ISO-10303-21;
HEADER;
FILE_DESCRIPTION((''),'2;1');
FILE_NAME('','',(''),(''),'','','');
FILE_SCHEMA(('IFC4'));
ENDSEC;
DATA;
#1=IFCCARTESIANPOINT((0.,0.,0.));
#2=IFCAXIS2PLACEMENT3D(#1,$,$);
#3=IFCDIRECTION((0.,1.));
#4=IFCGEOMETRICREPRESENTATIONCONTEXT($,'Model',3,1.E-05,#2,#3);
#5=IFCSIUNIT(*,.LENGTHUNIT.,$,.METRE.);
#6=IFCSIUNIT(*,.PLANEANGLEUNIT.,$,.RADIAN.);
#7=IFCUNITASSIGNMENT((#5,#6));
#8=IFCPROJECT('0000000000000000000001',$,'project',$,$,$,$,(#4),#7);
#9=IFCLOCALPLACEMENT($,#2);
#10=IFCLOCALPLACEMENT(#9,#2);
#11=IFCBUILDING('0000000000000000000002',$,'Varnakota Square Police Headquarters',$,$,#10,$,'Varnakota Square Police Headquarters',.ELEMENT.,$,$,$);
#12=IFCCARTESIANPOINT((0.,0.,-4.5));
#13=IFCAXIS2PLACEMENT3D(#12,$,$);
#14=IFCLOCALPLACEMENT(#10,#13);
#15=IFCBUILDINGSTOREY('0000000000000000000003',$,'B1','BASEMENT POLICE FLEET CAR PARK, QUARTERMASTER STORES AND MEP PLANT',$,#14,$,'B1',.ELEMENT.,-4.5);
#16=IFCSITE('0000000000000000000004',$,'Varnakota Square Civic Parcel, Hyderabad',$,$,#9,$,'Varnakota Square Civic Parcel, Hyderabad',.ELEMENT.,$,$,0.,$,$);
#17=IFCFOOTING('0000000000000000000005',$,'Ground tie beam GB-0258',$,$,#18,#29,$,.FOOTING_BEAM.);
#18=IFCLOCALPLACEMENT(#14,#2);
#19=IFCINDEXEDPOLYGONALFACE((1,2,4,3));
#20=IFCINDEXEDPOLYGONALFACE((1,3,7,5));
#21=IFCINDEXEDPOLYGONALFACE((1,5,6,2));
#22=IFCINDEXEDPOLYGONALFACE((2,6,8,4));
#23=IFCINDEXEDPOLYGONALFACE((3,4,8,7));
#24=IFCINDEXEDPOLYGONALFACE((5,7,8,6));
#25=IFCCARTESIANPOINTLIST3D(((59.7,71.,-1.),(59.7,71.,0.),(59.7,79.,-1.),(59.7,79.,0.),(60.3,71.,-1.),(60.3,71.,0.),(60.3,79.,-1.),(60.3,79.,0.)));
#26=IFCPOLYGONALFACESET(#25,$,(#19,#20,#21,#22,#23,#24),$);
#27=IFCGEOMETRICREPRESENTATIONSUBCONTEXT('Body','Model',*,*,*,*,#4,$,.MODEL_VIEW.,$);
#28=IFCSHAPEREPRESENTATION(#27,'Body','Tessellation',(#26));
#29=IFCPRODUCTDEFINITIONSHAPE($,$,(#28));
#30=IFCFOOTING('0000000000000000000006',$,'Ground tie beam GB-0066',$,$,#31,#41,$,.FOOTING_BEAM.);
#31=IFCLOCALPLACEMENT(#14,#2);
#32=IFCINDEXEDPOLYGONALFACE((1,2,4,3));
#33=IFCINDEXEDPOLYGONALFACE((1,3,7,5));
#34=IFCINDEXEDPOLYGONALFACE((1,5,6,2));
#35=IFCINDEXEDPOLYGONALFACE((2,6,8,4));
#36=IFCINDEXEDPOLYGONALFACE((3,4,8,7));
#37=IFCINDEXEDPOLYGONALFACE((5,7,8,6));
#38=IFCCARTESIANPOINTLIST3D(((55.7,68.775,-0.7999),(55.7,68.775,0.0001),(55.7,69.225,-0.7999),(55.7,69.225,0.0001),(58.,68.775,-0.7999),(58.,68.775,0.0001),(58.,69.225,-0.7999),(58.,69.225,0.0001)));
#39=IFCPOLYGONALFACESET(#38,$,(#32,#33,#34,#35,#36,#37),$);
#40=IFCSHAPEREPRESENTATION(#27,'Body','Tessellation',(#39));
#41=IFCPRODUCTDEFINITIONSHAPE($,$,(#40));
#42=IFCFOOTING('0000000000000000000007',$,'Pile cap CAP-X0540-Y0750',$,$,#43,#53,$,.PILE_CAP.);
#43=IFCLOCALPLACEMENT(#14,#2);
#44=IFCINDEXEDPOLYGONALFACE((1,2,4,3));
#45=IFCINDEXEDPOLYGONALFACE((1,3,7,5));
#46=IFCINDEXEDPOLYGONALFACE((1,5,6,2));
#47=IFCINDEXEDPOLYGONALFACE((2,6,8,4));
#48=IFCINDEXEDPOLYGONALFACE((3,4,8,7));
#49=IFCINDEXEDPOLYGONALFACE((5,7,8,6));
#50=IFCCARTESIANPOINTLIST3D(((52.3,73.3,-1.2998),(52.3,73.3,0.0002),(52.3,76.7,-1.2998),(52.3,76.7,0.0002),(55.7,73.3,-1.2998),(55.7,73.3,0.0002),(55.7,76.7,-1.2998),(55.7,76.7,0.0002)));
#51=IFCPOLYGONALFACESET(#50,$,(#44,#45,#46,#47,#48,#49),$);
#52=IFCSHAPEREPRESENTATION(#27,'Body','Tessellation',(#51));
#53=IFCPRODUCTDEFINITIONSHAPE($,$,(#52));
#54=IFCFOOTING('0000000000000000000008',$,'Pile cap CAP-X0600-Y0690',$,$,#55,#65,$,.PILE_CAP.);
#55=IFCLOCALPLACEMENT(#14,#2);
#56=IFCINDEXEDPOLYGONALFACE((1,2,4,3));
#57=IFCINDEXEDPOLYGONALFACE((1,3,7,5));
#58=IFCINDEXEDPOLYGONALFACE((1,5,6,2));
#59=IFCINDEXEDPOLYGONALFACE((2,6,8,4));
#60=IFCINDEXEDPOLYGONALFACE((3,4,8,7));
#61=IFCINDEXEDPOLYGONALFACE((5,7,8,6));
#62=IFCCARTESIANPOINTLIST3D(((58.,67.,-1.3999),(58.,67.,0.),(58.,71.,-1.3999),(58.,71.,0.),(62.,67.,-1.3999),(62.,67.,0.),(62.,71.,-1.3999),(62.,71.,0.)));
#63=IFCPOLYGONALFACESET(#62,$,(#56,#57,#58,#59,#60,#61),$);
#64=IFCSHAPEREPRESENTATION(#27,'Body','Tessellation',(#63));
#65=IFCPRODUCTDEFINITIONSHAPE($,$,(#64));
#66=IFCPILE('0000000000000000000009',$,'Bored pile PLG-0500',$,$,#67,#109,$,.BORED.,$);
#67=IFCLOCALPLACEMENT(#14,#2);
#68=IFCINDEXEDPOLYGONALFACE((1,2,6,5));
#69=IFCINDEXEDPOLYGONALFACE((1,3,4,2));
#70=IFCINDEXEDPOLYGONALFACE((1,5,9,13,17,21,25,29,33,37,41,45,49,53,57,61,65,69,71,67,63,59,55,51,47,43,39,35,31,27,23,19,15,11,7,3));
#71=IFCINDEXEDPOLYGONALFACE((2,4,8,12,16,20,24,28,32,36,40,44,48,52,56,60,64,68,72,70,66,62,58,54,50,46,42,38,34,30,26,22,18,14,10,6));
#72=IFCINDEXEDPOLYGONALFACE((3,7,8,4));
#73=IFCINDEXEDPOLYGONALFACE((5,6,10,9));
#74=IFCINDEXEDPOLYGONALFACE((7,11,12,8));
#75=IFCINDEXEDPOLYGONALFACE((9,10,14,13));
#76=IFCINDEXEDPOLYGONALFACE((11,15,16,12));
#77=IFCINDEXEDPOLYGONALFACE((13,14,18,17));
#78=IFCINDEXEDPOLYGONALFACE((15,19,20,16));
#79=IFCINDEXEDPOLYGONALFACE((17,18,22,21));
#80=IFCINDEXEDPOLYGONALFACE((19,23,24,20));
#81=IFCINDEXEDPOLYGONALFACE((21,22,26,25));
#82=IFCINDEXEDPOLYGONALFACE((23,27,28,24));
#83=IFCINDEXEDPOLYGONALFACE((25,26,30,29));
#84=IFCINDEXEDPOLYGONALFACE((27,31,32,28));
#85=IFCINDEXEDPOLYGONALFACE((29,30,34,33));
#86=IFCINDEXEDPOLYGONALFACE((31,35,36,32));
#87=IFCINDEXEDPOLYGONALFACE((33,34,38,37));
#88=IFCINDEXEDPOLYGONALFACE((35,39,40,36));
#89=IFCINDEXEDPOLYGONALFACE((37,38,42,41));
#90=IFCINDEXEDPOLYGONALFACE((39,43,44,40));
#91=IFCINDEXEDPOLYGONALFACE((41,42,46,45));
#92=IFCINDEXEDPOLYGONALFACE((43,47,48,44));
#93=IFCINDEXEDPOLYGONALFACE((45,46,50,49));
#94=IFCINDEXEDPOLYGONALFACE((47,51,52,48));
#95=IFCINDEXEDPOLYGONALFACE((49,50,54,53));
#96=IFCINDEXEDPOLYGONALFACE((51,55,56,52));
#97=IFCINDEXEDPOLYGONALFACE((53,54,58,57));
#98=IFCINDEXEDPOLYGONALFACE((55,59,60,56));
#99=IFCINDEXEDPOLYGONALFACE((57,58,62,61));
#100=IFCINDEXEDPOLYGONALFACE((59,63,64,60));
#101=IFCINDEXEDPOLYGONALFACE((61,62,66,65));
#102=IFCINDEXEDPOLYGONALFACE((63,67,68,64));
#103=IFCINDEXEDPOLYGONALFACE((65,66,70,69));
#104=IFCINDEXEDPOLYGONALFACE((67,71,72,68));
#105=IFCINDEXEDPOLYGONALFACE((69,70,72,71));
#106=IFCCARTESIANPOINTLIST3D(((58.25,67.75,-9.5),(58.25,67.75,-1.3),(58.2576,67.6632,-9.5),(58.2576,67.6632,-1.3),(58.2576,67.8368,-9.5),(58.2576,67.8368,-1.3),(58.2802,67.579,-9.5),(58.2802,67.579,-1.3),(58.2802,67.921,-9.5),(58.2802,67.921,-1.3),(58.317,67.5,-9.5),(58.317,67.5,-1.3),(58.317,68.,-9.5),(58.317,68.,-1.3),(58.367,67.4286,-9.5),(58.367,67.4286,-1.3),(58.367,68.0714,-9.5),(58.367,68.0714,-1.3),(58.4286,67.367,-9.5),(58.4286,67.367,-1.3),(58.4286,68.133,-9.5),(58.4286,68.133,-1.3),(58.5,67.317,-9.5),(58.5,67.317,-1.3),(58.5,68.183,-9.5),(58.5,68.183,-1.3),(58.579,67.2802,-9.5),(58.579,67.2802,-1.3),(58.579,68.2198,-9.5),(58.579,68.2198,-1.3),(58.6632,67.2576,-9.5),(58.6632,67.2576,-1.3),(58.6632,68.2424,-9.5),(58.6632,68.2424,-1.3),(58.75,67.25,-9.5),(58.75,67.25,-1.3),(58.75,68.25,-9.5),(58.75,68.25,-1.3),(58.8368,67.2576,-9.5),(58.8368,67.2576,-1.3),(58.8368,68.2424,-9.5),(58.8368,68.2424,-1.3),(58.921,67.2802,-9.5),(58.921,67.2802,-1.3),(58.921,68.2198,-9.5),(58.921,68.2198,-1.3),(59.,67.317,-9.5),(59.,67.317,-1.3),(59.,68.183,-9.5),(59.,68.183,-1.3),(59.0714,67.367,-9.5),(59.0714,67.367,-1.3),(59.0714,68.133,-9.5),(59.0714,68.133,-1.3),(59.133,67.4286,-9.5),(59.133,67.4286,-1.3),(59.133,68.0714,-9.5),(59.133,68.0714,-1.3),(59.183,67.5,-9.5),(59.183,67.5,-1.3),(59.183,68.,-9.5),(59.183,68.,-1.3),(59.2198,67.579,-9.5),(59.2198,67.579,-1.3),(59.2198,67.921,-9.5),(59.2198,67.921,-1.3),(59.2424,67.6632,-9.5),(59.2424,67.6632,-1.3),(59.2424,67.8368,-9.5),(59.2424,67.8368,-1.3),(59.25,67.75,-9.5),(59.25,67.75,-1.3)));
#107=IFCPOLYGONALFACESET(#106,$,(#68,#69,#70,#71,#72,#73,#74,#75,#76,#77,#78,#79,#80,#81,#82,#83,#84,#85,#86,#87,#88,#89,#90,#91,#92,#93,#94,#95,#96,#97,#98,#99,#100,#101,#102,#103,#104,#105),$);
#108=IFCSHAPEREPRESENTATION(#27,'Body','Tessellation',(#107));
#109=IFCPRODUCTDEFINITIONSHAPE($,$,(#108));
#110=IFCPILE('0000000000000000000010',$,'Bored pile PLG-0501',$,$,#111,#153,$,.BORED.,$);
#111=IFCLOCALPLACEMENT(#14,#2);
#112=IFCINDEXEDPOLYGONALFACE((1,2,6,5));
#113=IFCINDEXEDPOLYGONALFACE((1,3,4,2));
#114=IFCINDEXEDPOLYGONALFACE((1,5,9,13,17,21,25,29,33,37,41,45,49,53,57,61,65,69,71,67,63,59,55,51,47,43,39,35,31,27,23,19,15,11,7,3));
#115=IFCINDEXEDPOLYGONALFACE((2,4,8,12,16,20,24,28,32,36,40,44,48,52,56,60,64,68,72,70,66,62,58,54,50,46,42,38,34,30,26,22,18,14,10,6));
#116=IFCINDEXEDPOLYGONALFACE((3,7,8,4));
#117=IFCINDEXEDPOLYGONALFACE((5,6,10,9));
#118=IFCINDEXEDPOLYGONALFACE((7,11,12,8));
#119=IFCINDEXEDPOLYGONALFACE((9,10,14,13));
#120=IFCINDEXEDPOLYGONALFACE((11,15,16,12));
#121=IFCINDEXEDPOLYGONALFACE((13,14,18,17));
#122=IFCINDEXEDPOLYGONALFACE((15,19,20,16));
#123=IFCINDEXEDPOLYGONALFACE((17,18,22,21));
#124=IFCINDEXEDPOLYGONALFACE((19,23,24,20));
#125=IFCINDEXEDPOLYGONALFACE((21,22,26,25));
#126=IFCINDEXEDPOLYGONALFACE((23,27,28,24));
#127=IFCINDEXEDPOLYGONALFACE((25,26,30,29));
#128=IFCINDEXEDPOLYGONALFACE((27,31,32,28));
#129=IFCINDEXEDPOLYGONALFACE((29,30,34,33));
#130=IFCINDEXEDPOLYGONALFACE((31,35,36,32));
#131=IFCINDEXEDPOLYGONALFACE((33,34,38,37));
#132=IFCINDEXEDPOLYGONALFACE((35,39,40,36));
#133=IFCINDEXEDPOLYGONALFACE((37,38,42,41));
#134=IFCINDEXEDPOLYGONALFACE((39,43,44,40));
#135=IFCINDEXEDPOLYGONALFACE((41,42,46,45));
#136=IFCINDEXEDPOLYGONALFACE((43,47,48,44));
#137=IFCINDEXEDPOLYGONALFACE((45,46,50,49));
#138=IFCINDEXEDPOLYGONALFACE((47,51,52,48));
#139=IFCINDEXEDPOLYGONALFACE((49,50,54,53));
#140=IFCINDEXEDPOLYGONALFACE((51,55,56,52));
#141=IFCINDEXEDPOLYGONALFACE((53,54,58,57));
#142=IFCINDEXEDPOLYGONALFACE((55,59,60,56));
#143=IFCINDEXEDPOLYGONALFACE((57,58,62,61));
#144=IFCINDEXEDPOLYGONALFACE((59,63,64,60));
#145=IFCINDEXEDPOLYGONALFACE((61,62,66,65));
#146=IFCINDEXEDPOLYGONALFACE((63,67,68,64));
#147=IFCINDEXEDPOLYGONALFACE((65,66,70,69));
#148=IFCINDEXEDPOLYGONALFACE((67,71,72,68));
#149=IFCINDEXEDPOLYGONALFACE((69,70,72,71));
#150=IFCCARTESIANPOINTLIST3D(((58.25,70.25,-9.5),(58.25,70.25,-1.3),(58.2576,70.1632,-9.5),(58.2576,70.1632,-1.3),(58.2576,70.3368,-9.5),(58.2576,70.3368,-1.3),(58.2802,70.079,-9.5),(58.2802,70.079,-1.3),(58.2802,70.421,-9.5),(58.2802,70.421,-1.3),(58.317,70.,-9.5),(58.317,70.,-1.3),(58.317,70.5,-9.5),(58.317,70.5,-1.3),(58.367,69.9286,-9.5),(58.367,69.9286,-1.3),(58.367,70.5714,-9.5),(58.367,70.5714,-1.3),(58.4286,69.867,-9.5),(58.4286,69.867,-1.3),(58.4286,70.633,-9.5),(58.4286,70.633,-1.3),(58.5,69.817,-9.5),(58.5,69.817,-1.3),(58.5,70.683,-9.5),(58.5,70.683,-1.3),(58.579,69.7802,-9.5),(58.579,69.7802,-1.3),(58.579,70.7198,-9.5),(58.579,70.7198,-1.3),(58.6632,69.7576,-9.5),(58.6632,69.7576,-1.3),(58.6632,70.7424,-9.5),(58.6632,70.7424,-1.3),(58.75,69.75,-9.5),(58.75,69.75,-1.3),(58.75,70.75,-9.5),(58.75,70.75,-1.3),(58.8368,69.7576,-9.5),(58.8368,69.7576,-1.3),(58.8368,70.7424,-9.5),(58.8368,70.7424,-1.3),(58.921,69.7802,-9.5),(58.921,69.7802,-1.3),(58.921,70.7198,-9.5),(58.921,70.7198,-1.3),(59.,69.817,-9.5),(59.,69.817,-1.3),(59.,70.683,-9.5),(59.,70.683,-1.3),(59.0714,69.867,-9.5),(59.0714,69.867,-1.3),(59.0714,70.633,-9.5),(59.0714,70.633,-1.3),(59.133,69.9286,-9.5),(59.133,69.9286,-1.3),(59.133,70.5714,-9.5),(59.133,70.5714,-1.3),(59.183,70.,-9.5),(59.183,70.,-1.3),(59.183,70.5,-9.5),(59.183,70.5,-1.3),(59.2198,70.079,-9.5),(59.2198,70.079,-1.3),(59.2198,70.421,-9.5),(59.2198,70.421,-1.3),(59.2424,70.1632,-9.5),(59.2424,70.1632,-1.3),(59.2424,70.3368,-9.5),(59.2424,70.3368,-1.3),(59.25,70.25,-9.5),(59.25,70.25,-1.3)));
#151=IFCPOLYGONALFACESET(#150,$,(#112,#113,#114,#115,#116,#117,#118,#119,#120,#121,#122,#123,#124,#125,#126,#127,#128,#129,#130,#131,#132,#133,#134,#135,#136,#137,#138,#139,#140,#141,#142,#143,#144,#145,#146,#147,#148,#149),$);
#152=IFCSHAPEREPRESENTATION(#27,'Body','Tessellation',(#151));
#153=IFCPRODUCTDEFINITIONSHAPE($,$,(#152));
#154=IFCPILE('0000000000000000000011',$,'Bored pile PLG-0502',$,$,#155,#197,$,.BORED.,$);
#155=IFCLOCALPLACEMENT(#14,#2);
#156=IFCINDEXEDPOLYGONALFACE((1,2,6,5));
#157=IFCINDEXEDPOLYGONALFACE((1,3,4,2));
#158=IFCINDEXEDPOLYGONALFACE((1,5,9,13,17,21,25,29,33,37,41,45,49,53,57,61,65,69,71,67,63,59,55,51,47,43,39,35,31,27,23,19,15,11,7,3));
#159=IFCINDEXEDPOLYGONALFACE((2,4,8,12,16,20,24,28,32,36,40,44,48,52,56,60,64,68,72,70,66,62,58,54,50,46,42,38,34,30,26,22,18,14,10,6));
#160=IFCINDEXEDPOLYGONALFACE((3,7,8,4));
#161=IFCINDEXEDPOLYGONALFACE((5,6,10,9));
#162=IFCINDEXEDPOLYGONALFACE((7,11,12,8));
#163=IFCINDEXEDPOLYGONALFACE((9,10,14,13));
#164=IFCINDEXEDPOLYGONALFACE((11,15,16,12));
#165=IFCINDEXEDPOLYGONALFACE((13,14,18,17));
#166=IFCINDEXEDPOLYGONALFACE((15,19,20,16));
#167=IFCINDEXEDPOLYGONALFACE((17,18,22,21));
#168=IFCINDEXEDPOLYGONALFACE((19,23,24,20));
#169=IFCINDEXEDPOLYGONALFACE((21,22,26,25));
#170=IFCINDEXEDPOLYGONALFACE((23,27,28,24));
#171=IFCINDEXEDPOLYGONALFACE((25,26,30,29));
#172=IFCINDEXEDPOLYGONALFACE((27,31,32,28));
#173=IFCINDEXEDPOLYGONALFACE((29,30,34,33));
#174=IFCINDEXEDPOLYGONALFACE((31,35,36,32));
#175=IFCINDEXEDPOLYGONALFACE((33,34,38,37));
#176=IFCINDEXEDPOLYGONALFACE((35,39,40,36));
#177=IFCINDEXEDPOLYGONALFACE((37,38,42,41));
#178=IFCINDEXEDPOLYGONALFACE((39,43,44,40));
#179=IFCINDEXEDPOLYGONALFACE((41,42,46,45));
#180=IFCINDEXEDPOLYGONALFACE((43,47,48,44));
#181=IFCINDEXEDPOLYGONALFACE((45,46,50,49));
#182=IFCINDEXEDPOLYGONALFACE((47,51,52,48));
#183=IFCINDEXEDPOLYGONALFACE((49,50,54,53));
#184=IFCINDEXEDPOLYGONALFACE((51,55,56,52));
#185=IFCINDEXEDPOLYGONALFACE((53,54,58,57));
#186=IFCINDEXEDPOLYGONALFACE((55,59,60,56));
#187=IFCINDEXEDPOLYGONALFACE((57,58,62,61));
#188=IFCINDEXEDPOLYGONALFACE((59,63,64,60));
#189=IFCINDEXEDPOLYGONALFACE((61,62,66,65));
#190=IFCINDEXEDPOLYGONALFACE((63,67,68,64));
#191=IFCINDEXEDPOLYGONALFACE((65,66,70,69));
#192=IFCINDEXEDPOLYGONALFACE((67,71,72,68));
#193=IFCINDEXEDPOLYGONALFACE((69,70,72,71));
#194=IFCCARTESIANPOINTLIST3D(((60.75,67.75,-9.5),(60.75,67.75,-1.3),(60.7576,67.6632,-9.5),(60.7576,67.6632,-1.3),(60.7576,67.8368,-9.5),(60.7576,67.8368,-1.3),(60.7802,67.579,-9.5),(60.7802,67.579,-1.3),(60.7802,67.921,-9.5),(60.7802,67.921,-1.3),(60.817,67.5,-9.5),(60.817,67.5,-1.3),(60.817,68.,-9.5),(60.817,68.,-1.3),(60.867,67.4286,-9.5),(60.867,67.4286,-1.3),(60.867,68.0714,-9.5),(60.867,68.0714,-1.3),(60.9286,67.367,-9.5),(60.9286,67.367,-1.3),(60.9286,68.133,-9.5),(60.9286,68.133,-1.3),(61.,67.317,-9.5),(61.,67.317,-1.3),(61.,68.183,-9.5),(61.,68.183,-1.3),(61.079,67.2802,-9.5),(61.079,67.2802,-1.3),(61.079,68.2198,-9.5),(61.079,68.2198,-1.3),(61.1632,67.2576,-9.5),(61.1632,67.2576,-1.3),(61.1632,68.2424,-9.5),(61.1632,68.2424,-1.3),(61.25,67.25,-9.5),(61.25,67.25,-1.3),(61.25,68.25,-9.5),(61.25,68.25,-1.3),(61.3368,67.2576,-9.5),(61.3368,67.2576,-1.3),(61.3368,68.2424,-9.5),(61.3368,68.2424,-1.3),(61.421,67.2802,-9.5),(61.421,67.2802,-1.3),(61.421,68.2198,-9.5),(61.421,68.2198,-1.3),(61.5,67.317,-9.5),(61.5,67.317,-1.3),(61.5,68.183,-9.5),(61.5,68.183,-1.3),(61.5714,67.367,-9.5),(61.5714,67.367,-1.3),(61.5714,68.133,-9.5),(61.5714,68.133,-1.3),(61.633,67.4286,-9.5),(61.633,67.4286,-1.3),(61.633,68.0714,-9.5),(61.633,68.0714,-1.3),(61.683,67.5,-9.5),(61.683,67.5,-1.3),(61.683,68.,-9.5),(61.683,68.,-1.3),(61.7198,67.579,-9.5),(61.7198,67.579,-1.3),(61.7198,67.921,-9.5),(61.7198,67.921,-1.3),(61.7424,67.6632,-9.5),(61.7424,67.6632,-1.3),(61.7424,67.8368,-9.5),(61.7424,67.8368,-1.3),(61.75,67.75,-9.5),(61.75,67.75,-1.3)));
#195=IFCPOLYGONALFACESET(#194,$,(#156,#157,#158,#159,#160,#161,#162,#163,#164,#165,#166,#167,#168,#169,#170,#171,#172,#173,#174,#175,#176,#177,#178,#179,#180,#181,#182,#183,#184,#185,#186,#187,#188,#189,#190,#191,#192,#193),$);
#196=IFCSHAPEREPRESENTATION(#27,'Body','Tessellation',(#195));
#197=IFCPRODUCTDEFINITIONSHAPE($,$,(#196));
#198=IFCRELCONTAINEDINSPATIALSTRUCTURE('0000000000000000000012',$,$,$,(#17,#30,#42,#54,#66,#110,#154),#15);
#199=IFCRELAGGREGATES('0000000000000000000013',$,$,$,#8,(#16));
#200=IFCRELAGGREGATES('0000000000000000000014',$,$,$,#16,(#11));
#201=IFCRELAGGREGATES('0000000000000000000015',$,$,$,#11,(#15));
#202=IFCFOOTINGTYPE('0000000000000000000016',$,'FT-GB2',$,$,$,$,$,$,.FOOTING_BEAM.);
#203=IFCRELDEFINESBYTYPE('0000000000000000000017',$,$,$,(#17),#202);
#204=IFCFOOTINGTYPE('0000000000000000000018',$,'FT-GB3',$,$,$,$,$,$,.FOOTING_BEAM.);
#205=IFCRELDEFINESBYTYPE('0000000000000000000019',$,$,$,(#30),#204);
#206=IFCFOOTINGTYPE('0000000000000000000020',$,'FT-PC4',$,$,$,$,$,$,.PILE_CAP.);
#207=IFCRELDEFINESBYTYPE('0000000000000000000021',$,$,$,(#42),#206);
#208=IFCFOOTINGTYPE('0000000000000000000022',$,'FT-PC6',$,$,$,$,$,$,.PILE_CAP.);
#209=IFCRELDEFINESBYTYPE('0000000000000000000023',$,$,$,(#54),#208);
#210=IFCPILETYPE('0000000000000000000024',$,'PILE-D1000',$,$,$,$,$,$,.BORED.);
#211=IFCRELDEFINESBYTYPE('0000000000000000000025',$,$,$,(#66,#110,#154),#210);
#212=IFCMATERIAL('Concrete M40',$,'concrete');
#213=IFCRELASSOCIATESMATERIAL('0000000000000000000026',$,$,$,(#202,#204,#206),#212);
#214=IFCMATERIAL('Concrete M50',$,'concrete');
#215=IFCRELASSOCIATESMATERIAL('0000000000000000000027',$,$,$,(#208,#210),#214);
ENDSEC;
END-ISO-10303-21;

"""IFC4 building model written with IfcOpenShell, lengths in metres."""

from ifc_helpers import new_model, si_unit, direction, frame, origin, origin_2d, place, context, subcontext, project, spatial, rectangle, circle, extrude, material, material_profile, profile_set, type_object, element, save


model = new_model("IFC4")

# Units and contexts
model_context = context("Model", 3, precision=1e-05, world=origin(), true_north=direction((0.0, 1.0)))
body_context = subcontext(model_context, "Body", "Model", "MODEL_VIEW")
ifc_project = project(units=[si_unit("LENGTHUNIT", "METRE"), si_unit("PLANEANGLEUNIT", "RADIAN")], contexts=[model_context])

# Site, building, storey
site_placement = place(None, origin())
site = spatial("IfcSite", under=ifc_project, at=site_placement, Name="Varnakota Square Civic Parcel, Hyderabad", LongName="Varnakota Square Civic Parcel, Hyderabad", CompositionType="ELEMENT", RefElevation=0.0)
building_placement = place(site_placement, origin())
building = spatial("IfcBuilding", under=site, at=building_placement, Name="Varnakota Square Police Headquarters", LongName="Varnakota Square Police Headquarters", CompositionType="ELEMENT")
storey_placement = place(building_placement, frame((0.0, 0.0, -4.5)))
storey = spatial("IfcBuildingStorey", under=building, at=storey_placement, Name="B1", Description="BASEMENT POLICE FLEET CAR PARK, QUARTERMASTER STORES AND MEP PLANT", LongName="B1", CompositionType="ELEMENT", Elevation=-4.5)

# Footings
ifc_material_1 = material(Name="Concrete M40", Category="concrete")
ifc_material_profile_1 = material_profile(ifc_material_1, rectangle(XDim=0.6001, YDim=1.0, at=origin_2d()), Name="GB 600x1000")
ifc_profile_set_1 = profile_set([ifc_material_profile_1], Name="Concrete M40")
footing_type_1 = type_object("IfcFootingType", Name="FT-GB2", PredefinedType="FOOTING_BEAM", material=ifc_profile_set_1)
footing_1_placement = place(storey_placement, frame((60.0, 71.0, -0.5), z_axis=(0.0, 1.0, 0.0), x_axis=(-1.0, 0.0, 0.0)))
element("IfcFooting", 1, at=footing_1_placement, inside=storey, type_object=footing_type_1, Name="Ground tie beam GB-0258", PredefinedType="FOOTING_BEAM", context=body_context, shape_type="SweptSolid", body=[
    extrude(rectangle(XDim=0.6001, YDim=1.0, at=origin_2d()), origin(), (0.0, 0.0, 1.0), 8.0),
])
ifc_material_profile_2 = material_profile(ifc_material_1, rectangle(XDim=0.45, YDim=0.8, at=origin_2d()), Name="GB 450x800")
ifc_profile_set_2 = profile_set([ifc_material_profile_2], Name="Concrete M40")
footing_type_2 = type_object("IfcFootingType", Name="FT-GB3", PredefinedType="FOOTING_BEAM", material=ifc_profile_set_2)
footing_2_placement = place(storey_placement, frame((55.7, 69.0, -0.3999), z_axis=(1.0, 0.0, 0.0), x_axis=(0.0, 1.0, 0.0)))
element("IfcFooting", 2, at=footing_2_placement, inside=storey, type_object=footing_type_2, Name="Ground tie beam GB-0066", PredefinedType="FOOTING_BEAM", context=body_context, shape_type="SweptSolid", body=[
    extrude(rectangle(XDim=0.45, YDim=0.8, at=origin_2d()), origin(), (0.0, 0.0, 1.0), 2.3),
])
footing_type_3 = type_object("IfcFootingType", Name="FT-PC4", PredefinedType="PILE_CAP", material=ifc_material_1)
footing_3_placement = place(storey_placement, frame((54.0, 75.0, -1.2998), z_axis=(0.0, 0.0, 1.0), x_axis=(1.0, 0.0, 0.0)))
element("IfcFooting", 3, at=footing_3_placement, inside=storey, type_object=footing_type_3, Name="Pile cap CAP-X0540-Y0750", PredefinedType="PILE_CAP", context=body_context, shape_type="SweptSolid", body=[
    extrude(rectangle(XDim=3.3999, YDim=3.3999, at=origin_2d()), origin(), (0.0, 0.0, 1.0), 1.3),
])
ifc_material_2 = material(Name="Concrete M50", Category="concrete")
footing_type_4 = type_object("IfcFootingType", Name="FT-PC6", PredefinedType="PILE_CAP", material=ifc_material_2)
footing_4_placement = place(storey_placement, frame((60.0, 69.0, -1.3999), z_axis=(0.0, 0.0, 1.0), x_axis=(1.0, 0.0, 0.0)))
element("IfcFooting", 4, at=footing_4_placement, inside=storey, type_object=footing_type_4, Name="Pile cap CAP-X0600-Y0690", PredefinedType="PILE_CAP", context=body_context, shape_type="SweptSolid", body=[
    extrude(rectangle(XDim=4.0, YDim=4.0, at=origin_2d()), origin(), (0.0, 0.0, 1.0), 1.3999),
])

# Piles
ifc_material_profile_3 = material_profile(ifc_material_2, circle(Radius=0.5, at=origin_2d()), Name="BORED PILE 1000")
ifc_profile_set_3 = profile_set([ifc_material_profile_3], Name="Concrete M50")
pile_type_1 = type_object("IfcPileType", Name="PILE-D1000", PredefinedType="BORED", material=ifc_profile_set_3)
for number, where, z_axis, x_axis, name in (
    (5, (58.75, 67.75, -1.3), (0.0, 0.0, -1.0), (1.0, 0.0, 0.0), "Bored pile PLG-0500"),
    (6, (58.75, 70.25, -1.3), (0.0, 0.0, -1.0), (1.0, 0.0, 0.0), "Bored pile PLG-0501"),
    (7, (61.25, 67.75, -1.3), (0.0, 0.0, -1.0), (1.0, 0.0, 0.0), "Bored pile PLG-0502"),
):
    element("IfcPile", number, at=place(storey_placement, frame(where, z_axis=z_axis, x_axis=x_axis)), inside=storey, type_object=pile_type_1, Name=name, PredefinedType="BORED", context=body_context, shape_type="SweptSolid", body=[
        extrude(circle(Radius=0.5, at=origin_2d()), origin(), (0.0, 0.0, 1.0), 8.2),
    ])

save(model, "model.ifc")
